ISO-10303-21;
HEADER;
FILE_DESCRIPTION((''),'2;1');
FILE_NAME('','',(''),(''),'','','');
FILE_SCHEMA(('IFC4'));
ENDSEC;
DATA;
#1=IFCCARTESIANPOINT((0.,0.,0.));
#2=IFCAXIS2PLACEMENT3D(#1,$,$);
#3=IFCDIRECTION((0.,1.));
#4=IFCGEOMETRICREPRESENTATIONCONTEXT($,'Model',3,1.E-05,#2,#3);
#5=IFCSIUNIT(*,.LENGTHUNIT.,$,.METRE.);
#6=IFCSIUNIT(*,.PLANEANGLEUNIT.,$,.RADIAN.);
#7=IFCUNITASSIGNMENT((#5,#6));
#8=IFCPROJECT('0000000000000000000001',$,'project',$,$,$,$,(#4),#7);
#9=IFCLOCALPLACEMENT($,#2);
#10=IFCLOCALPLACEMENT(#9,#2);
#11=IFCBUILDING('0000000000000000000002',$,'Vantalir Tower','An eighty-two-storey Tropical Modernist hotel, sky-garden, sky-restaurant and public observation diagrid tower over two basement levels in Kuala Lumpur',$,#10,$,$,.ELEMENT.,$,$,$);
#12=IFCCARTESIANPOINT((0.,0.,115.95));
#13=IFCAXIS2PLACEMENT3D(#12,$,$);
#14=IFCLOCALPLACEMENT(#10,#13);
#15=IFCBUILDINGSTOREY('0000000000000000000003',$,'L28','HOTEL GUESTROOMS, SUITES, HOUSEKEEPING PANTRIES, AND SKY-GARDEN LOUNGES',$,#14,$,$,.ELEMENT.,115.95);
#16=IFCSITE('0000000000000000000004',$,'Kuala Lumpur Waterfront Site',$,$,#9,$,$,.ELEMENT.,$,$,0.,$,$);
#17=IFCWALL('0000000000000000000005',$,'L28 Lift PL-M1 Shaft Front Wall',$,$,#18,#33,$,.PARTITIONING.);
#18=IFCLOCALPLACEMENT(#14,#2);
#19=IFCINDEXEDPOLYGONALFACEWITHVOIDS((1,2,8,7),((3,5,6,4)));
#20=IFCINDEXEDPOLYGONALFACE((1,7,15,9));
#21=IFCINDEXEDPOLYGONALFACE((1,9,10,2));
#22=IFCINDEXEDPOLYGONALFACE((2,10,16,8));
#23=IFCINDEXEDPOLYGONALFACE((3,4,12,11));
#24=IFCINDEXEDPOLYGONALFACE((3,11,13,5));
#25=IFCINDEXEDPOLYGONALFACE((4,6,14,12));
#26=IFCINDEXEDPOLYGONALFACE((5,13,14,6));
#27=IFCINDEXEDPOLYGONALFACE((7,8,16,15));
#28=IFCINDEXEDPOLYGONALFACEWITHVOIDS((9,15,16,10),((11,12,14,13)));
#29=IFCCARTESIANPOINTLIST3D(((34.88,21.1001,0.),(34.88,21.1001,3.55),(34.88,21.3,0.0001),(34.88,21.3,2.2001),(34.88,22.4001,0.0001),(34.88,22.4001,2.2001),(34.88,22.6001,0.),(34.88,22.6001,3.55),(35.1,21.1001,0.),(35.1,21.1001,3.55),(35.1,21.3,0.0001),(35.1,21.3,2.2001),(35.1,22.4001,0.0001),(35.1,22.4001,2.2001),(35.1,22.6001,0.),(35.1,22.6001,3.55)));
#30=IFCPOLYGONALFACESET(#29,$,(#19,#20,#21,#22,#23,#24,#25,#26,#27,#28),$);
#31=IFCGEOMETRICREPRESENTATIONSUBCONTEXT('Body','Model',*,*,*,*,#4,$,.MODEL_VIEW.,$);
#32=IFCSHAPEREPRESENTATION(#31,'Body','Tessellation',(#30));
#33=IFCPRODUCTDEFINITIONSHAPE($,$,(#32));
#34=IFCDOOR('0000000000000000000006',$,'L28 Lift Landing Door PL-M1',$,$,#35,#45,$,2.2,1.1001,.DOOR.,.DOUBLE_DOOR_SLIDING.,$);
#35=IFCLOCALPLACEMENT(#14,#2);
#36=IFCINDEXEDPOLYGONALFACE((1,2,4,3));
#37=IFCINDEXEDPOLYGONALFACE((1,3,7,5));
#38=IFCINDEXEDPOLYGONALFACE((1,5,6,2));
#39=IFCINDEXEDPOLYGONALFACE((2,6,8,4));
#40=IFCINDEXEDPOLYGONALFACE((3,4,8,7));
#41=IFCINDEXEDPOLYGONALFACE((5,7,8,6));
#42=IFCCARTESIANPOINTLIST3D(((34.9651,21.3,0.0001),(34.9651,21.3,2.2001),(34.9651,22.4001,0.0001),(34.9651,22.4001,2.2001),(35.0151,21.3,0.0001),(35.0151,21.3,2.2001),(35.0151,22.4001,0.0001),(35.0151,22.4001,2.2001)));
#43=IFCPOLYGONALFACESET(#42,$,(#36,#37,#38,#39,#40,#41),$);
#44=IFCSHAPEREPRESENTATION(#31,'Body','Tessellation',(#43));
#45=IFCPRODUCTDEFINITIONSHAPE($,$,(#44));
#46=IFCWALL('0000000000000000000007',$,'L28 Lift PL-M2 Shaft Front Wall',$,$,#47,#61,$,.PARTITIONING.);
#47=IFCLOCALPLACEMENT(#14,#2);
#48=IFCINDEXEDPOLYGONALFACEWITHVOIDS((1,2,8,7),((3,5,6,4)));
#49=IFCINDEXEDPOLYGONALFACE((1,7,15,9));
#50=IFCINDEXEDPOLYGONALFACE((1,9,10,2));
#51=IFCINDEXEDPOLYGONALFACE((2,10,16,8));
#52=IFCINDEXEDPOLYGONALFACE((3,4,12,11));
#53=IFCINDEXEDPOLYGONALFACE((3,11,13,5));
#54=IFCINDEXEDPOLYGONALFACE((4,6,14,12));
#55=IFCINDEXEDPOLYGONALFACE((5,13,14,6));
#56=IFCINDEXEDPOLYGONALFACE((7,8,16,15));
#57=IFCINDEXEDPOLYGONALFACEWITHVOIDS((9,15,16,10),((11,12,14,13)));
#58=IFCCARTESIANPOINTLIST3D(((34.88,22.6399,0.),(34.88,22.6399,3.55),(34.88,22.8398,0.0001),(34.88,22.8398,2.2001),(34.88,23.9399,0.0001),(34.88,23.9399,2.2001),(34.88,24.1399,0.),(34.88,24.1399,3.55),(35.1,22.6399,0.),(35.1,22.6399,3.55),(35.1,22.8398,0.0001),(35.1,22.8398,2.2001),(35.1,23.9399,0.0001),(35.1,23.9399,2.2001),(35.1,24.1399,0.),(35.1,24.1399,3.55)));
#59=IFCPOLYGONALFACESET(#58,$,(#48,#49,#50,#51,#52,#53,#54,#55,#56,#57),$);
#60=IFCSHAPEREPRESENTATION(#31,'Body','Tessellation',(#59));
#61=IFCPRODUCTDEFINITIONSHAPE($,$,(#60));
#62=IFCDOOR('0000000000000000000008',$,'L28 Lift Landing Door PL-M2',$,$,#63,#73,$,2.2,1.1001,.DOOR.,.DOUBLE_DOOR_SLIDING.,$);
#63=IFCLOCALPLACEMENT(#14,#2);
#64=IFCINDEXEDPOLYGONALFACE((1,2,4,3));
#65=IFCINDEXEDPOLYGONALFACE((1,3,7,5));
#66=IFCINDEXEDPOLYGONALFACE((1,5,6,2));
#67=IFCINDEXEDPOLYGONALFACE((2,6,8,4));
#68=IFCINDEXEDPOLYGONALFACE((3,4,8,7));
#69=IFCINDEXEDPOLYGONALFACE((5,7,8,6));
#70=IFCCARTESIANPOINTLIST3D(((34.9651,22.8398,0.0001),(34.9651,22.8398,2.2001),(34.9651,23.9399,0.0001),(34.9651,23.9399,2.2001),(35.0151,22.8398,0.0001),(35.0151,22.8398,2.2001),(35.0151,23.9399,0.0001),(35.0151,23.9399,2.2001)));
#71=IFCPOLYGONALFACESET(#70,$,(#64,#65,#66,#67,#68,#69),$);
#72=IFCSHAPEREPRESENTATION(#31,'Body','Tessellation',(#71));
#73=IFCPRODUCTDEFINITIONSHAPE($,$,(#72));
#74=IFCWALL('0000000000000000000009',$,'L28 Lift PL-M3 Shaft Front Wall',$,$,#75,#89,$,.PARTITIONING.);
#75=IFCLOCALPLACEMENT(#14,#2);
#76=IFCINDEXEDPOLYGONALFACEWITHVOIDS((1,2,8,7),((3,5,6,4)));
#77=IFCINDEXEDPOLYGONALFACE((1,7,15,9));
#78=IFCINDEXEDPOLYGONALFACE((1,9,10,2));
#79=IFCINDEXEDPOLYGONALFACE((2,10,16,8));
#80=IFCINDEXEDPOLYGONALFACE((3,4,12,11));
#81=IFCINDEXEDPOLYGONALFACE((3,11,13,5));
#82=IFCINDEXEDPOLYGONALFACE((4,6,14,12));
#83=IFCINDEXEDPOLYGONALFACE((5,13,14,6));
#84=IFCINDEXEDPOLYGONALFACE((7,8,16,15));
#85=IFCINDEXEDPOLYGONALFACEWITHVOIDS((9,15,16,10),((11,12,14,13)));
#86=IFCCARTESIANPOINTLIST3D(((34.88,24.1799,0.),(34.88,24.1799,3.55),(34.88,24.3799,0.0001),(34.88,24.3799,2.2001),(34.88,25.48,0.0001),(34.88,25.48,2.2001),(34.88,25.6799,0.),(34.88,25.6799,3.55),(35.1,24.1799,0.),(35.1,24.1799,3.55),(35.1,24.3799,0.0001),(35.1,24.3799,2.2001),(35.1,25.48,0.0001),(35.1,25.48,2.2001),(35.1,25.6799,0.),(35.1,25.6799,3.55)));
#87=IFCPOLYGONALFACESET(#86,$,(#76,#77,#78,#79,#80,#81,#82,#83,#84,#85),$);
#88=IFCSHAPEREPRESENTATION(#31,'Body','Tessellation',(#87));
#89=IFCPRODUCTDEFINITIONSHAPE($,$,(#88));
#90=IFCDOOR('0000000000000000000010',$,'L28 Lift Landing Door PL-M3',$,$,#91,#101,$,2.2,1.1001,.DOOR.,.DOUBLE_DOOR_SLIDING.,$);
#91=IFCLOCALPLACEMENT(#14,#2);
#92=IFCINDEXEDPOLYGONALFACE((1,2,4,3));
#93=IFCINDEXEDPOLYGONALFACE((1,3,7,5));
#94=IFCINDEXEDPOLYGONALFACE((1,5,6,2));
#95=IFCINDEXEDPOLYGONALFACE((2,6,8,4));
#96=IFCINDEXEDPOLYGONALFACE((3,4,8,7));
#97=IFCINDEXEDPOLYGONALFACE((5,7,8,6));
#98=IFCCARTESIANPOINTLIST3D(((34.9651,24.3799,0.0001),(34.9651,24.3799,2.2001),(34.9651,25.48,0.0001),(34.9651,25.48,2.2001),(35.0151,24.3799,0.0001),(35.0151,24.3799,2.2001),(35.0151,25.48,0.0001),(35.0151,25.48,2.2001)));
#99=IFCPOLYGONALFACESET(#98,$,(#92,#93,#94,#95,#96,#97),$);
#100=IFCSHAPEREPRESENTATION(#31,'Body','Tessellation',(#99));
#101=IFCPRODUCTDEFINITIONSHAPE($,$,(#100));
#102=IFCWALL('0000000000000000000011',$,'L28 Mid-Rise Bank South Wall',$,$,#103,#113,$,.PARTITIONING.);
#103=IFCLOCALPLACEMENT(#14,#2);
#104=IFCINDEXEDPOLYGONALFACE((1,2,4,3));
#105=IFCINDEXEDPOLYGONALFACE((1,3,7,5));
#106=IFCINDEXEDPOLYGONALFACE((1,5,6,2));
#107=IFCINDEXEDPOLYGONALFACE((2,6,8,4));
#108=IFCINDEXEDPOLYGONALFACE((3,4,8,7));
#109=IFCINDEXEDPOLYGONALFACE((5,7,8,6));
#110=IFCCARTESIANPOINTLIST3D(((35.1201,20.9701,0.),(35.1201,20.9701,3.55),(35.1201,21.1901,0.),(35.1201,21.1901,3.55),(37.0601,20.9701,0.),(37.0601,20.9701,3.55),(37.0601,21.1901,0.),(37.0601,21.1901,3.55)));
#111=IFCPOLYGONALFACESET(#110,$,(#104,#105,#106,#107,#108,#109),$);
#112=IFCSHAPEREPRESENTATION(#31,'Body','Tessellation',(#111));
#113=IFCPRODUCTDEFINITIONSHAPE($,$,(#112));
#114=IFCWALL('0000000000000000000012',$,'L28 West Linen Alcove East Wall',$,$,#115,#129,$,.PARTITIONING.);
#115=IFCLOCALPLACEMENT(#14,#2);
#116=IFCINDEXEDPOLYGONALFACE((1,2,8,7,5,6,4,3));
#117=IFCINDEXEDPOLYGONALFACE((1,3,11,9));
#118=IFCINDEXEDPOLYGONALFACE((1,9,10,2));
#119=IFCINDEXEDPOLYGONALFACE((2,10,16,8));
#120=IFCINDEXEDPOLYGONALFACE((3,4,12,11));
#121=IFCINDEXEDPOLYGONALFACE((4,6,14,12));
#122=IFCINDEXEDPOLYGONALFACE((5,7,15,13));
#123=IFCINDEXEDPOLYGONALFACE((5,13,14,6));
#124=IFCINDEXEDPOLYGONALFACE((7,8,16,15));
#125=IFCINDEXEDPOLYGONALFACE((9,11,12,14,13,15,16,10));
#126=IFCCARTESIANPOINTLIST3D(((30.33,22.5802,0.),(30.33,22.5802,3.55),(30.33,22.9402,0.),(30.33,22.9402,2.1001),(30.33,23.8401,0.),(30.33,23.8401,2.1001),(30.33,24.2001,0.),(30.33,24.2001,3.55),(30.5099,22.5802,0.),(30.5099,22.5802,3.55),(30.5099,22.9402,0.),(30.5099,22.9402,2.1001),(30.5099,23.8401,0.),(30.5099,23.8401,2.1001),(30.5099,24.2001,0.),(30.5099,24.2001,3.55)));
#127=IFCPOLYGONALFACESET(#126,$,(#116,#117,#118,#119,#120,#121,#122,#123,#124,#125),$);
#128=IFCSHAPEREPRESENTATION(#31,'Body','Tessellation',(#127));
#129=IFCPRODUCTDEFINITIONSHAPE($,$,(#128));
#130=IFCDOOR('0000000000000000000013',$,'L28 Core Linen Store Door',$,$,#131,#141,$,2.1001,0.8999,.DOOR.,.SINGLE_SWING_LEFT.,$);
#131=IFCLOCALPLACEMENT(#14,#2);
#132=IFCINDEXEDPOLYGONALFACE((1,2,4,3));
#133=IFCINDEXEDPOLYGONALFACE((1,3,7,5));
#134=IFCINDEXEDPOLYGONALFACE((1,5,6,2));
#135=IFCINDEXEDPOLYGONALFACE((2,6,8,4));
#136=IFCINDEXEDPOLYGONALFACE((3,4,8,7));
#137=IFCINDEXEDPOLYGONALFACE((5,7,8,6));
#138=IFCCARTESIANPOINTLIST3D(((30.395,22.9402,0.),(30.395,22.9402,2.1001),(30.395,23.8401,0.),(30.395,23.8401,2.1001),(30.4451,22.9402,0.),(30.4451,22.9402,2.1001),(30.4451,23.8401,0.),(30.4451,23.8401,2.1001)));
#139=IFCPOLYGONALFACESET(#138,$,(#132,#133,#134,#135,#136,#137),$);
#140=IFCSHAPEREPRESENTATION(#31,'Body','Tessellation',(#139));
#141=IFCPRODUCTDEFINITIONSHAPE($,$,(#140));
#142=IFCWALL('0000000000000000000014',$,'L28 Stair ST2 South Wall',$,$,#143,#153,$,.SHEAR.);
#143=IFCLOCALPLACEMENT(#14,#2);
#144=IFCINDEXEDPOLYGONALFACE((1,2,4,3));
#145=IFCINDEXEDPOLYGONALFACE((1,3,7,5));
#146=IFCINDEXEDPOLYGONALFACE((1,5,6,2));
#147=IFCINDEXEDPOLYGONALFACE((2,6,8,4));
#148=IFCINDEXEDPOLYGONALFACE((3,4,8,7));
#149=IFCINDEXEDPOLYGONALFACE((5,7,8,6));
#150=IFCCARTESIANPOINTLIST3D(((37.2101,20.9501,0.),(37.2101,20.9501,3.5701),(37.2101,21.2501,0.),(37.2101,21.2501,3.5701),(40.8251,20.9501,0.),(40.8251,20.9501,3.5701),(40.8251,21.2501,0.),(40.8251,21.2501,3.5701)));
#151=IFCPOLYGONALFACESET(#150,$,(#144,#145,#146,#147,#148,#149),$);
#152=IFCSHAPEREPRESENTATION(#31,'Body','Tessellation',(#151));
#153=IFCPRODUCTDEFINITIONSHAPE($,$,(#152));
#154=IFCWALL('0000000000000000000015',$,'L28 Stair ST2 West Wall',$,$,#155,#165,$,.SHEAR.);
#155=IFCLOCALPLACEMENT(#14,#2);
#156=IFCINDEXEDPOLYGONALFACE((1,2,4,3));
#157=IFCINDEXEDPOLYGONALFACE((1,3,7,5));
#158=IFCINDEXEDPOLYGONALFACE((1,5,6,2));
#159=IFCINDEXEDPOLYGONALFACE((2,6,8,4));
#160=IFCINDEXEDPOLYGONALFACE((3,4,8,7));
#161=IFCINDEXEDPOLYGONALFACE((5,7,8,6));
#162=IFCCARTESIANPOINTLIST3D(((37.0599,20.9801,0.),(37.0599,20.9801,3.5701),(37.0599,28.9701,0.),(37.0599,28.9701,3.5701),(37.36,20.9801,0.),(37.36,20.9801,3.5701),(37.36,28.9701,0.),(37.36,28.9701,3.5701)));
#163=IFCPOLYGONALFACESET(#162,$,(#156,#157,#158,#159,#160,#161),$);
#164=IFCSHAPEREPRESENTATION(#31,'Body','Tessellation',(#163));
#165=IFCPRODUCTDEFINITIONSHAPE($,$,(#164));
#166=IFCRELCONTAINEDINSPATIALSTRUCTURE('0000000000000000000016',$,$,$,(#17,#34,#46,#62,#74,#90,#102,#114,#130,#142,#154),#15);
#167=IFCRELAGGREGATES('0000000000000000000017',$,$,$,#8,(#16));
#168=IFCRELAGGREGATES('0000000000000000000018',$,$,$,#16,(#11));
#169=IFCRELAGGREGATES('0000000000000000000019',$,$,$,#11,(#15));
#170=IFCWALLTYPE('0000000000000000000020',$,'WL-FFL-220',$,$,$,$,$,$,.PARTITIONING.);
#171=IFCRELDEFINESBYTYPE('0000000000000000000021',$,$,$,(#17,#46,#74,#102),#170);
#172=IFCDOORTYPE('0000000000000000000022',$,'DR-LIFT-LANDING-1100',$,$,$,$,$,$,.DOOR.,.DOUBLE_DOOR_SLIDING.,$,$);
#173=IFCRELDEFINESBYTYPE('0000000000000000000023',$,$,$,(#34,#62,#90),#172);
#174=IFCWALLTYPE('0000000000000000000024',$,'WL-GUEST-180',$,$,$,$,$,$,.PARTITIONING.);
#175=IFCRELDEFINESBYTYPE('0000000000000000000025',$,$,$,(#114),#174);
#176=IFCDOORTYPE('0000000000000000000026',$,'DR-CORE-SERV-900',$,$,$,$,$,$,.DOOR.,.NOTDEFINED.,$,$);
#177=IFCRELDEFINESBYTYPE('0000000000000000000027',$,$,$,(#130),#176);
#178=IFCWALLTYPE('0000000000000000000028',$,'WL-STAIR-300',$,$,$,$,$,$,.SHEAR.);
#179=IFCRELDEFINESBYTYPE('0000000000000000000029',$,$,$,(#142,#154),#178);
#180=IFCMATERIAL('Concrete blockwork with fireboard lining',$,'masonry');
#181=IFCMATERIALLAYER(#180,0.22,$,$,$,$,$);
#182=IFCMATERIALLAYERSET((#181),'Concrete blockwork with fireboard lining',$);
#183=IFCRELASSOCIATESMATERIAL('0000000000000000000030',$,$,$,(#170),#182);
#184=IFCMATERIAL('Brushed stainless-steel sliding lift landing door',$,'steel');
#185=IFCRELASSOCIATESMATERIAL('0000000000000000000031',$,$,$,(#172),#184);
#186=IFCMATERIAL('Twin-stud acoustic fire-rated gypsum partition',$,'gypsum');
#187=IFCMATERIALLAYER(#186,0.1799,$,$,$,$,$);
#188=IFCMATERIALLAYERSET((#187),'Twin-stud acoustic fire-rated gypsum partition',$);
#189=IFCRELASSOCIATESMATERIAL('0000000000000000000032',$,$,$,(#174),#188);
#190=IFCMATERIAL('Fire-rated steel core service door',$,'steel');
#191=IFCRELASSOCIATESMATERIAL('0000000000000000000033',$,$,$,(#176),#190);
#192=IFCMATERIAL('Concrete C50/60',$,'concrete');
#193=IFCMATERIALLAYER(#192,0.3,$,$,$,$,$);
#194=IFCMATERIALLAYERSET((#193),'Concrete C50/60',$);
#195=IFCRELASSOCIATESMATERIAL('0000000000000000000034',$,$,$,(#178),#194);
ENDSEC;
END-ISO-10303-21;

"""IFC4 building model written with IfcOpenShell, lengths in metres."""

from ifc_helpers import new_model, si_unit, direction, frame, frame_2d, origin, place, context, subcontext, project, spatial, rectangle, extrude, material, layer, layer_set, type_object, element, fill, save


model = new_model("IFC4")

# Units and contexts
model_context = context("Model", 3, precision=1e-05, world=origin(), true_north=direction((0.0, 1.0)))
body_context = subcontext(model_context, "Body", "Model", "MODEL_VIEW")
ifc_project = project(units=[si_unit("LENGTHUNIT", "METRE"), si_unit("PLANEANGLEUNIT", "RADIAN")], contexts=[model_context])

# Site, building, storey
site_placement = place(None, origin())
site = spatial("IfcSite", under=ifc_project, at=site_placement, Name="Kuala Lumpur Waterfront Site", CompositionType="ELEMENT", RefElevation=0.0)
building_placement = place(site_placement, origin())
building = spatial("IfcBuilding", under=site, at=building_placement, Name="Vantalir Tower", Description="An eighty-two-storey Tropical Modernist hotel, sky-garden, sky-restaurant and public observation diagrid tower over two basement levels in Kuala Lumpur", CompositionType="ELEMENT")
storey_placement = place(building_placement, frame((0.0, 0.0, 115.95)))
storey = spatial("IfcBuildingStorey", under=building, at=storey_placement, Name="L28", Description="HOTEL GUESTROOMS, SUITES, HOUSEKEEPING PANTRIES, AND SKY-GARDEN LOUNGES", CompositionType="ELEMENT", Elevation=115.95)

# Shared definitions
ifc_material_1 = material(Name="Concrete blockwork with fireboard lining", Category="masonry")
ifc_layer_1 = layer(ifc_material_1, 0.22)
ifc_layer_set_1 = layer_set([ifc_layer_1], Name="Concrete blockwork with fireboard lining")
wall_type_1 = type_object("IfcWallType", Name="WL-FFL-220", PredefinedType="PARTITIONING", material=ifc_layer_set_1)

# Walls, openings, doors
wall_1_placement = place(storey_placement, frame((34.99, 21.1001, 0.0), z_axis=(0.0, 0.0, 1.0), x_axis=(0.0, 1.0, 0.0)))
wall_1 = element("IfcWall", 1, at=wall_1_placement, inside=storey, type_object=wall_type_1, Name="L28 Lift PL-M1 Shaft Front Wall", PredefinedType="PARTITIONING", context=body_context, shape_type="SweptSolid", body=[
    extrude(rectangle(XDim=1.5, YDim=0.22, at=frame_2d((0.75, 0.0))), origin(), (0.0, 0.0, 1.0), 3.55),
])
opening_1_placement = place(wall_1_placement, frame((0.2, 0.0, 0.0)))
opening_1 = element("IfcOpeningElement", 2, at=opening_1_placement, cuts=wall_1, PredefinedType="OPENING", context=body_context, shape_type="SweptSolid", body=[
    extrude(rectangle(XDim=1.1001, YDim=2.2, at=frame_2d((0.55, 1.1001))), frame((0.0, 0.1199, 0.0), z_axis=(0.0, -1.0, 0.0), x_axis=(1.0, 0.0, 0.0)), (0.0, 0.0, 1.0), 0.24),
])
ifc_material_2 = material(Name="Brushed stainless-steel sliding lift landing door", Category="steel")
door_type_1 = type_object("IfcDoorType", Name="DR-LIFT-LANDING-1100", OperationType="DOUBLE_DOOR_SLIDING", PredefinedType="DOOR", material=ifc_material_2)
door_1_placement = place(opening_1_placement, origin())
door_1 = element("IfcDoor", 3, at=door_1_placement, inside=storey, type_object=door_type_1, Name="L28 Lift Landing Door PL-M1", OperationType="DOUBLE_DOOR_SLIDING", OverallHeight=2.2, OverallWidth=1.1001, PredefinedType="DOOR", context=body_context, shape_type="SweptSolid", body=[
    extrude(rectangle(XDim=1.1001, YDim=2.2, at=frame_2d((0.55, 1.1001))), frame((0.0, 0.0249, 0.0), z_axis=(0.0, -1.0, 0.0), x_axis=(1.0, 0.0, 0.0)), (0.0, 0.0, 1.0), 0.05),
])
fill(opening_1, door_1)
wall_2_placement = place(storey_placement, frame((34.99, 22.6399, 0.0), z_axis=(0.0, 0.0, 1.0), x_axis=(0.0, 1.0, 0.0)))
wall_2 = element("IfcWall", 4, at=wall_2_placement, inside=storey, type_object=wall_type_1, Name="L28 Lift PL-M2 Shaft Front Wall", PredefinedType="PARTITIONING", context=body_context, shape_type="SweptSolid", body=[
    extrude(rectangle(XDim=1.5, YDim=0.22, at=frame_2d((0.75, 0.0))), origin(), (0.0, 0.0, 1.0), 3.55),
])
opening_2_placement = place(wall_2_placement, frame((0.2, 0.0, 0.0)))
opening_2 = element("IfcOpeningElement", 5, at=opening_2_placement, cuts=wall_2, PredefinedType="OPENING", context=body_context, shape_type="SweptSolid", body=[
    extrude(rectangle(XDim=1.1001, YDim=2.2, at=frame_2d((0.55, 1.1001))), frame((0.0, 0.1199, 0.0), z_axis=(0.0, -1.0, 0.0), x_axis=(1.0, 0.0, 0.0)), (0.0, 0.0, 1.0), 0.24),
])
door_2_placement = place(opening_2_placement, origin())
door_2 = element("IfcDoor", 6, at=door_2_placement, inside=storey, type_object=door_type_1, Name="L28 Lift Landing Door PL-M2", OperationType="DOUBLE_DOOR_SLIDING", OverallHeight=2.2, OverallWidth=1.1001, PredefinedType="DOOR", context=body_context, shape_type="SweptSolid", body=[
    extrude(rectangle(XDim=1.1001, YDim=2.2, at=frame_2d((0.55, 1.1001))), frame((0.0, 0.0249, 0.0), z_axis=(0.0, -1.0, 0.0), x_axis=(1.0, 0.0, 0.0)), (0.0, 0.0, 1.0), 0.05),
])
fill(opening_2, door_2)
wall_3_placement = place(storey_placement, frame((34.99, 24.1799, 0.0), z_axis=(0.0, 0.0, 1.0), x_axis=(0.0, 1.0, 0.0)))
wall_3 = element("IfcWall", 7, at=wall_3_placement, inside=storey, type_object=wall_type_1, Name="L28 Lift PL-M3 Shaft Front Wall", PredefinedType="PARTITIONING", context=body_context, shape_type="SweptSolid", body=[
    extrude(rectangle(XDim=1.5, YDim=0.22, at=frame_2d((0.75, 0.0))), origin(), (0.0, 0.0, 1.0), 3.55),
])
opening_3_placement = place(wall_3_placement, frame((0.2, 0.0, 0.0)))
opening_3 = element("IfcOpeningElement", 8, at=opening_3_placement, cuts=wall_3, PredefinedType="OPENING", context=body_context, shape_type="SweptSolid", body=[
    extrude(rectangle(XDim=1.1001, YDim=2.2, at=frame_2d((0.55, 1.1001))), frame((0.0, 0.1199, 0.0), z_axis=(0.0, -1.0, 0.0), x_axis=(1.0, 0.0, 0.0)), (0.0, 0.0, 1.0), 0.24),
])
door_3_placement = place(opening_3_placement, origin())
door_3 = element("IfcDoor", 9, at=door_3_placement, inside=storey, type_object=door_type_1, Name="L28 Lift Landing Door PL-M3", OperationType="DOUBLE_DOOR_SLIDING", OverallHeight=2.2, OverallWidth=1.1001, PredefinedType="DOOR", context=body_context, shape_type="SweptSolid", body=[
    extrude(rectangle(XDim=1.1001, YDim=2.2, at=frame_2d((0.55, 1.1001))), frame((0.0, 0.0249, 0.0), z_axis=(0.0, -1.0, 0.0), x_axis=(1.0, 0.0, 0.0)), (0.0, 0.0, 1.0), 0.05),
])
fill(opening_3, door_3)

# Wall
wall_4_placement = place(storey_placement, frame((35.1201, 21.0801, 0.0), z_axis=(0.0, 0.0, 1.0), x_axis=(1.0, 0.0, 0.0)))
element("IfcWall", 10, at=wall_4_placement, inside=storey, type_object=wall_type_1, Name="L28 Mid-Rise Bank South Wall", PredefinedType="PARTITIONING", context=body_context, shape_type="SweptSolid", body=[
    extrude(rectangle(XDim=1.9399, YDim=0.22, at=frame_2d((0.97, 0.0))), origin(), (0.0, 0.0, 1.0), 3.55),
])

# Wall, opening, door
ifc_material_3 = material(Name="Twin-stud acoustic fire-rated gypsum partition", Category="gypsum")
ifc_layer_2 = layer(ifc_material_3, 0.1799)
ifc_layer_set_2 = layer_set([ifc_layer_2], Name="Twin-stud acoustic fire-rated gypsum partition")
wall_type_2 = type_object("IfcWallType", Name="WL-GUEST-180", PredefinedType="PARTITIONING", material=ifc_layer_set_2)
wall_5_placement = place(storey_placement, frame((30.4199, 22.5801, 0.0), z_axis=(0.0, 0.0, 1.0), x_axis=(0.0, 1.0, 0.0)))
wall_5 = element("IfcWall", 11, at=wall_5_placement, inside=storey, type_object=wall_type_2, Name="L28 West Linen Alcove East Wall", PredefinedType="PARTITIONING", context=body_context, shape_type="SweptSolid", body=[
    extrude(rectangle(XDim=1.6199, YDim=0.1799, at=frame_2d((0.8101, 0.0))), origin(), (0.0, 0.0, 1.0), 3.55),
])
opening_4_placement = place(wall_5_placement, frame((0.3601, 0.0, 0.0)))
opening_4 = element("IfcOpeningElement", 12, at=opening_4_placement, cuts=wall_5, PredefinedType="OPENING", context=body_context, shape_type="SweptSolid", body=[
    extrude(rectangle(XDim=0.8999, YDim=2.1001, at=frame_2d((0.45, 1.05))), frame((0.0, 0.0999, 0.0), z_axis=(0.0, -1.0, 0.0), x_axis=(1.0, 0.0, 0.0)), (0.0, 0.0, 1.0), 0.2),
])
ifc_material_4 = material(Name="Fire-rated steel core service door", Category="steel")
door_type_2 = type_object("IfcDoorType", Name="DR-CORE-SERV-900", OperationType="NOTDEFINED", PredefinedType="DOOR", material=ifc_material_4)
door_4_placement = place(opening_4_placement, origin())
door_4 = element("IfcDoor", 13, at=door_4_placement, inside=storey, type_object=door_type_2, Name="L28 Core Linen Store Door", OperationType="SINGLE_SWING_LEFT", OverallHeight=2.1001, OverallWidth=0.8999, PredefinedType="DOOR", context=body_context, shape_type="SweptSolid", body=[
    extrude(rectangle(XDim=0.8999, YDim=2.1001, at=frame_2d((0.45, 1.05))), frame((0.0, 0.0249, 0.0), z_axis=(0.0, -1.0, 0.0), x_axis=(1.0, 0.0, 0.0)), (0.0, 0.0, 1.0), 0.05),
])
fill(opening_4, door_4)

# Walls
ifc_material_5 = material(Name="Concrete C50/60", Category="concrete")
ifc_layer_3 = layer(ifc_material_5, 0.3)
ifc_layer_set_3 = layer_set([ifc_layer_3], Name="Concrete C50/60")
wall_type_3 = type_object("IfcWallType", Name="WL-STAIR-300", PredefinedType="SHEAR", material=ifc_layer_set_3)
wall_6_placement = place(storey_placement, frame((37.21, 21.1001, 0.0), z_axis=(0.0, 0.0, 1.0), x_axis=(1.0, 0.0, 0.0)))
element("IfcWall", 14, at=wall_6_placement, inside=storey, type_object=wall_type_3, Name="L28 Stair ST2 South Wall", PredefinedType="SHEAR", context=body_context, shape_type="SweptSolid", body=[
    extrude(rectangle(XDim=3.615, YDim=0.3, at=frame_2d((1.8076, 0.0))), origin(), (0.0, 0.0, 1.0), 3.5701),
])
wall_7_placement = place(storey_placement, frame((37.21, 20.98, 0.0), z_axis=(0.0, 0.0, 1.0), x_axis=(0.0, 1.0, 0.0)))
element("IfcWall", 15, at=wall_7_placement, inside=storey, type_object=wall_type_3, Name="L28 Stair ST2 West Wall", PredefinedType="SHEAR", context=body_context, shape_type="SweptSolid", body=[
    extrude(rectangle(XDim=7.99, YDim=0.3, at=frame_2d((3.9951, 0.0))), origin(), (0.0, 0.0, 1.0), 3.5701),
])

save(model, "model.ifc")
